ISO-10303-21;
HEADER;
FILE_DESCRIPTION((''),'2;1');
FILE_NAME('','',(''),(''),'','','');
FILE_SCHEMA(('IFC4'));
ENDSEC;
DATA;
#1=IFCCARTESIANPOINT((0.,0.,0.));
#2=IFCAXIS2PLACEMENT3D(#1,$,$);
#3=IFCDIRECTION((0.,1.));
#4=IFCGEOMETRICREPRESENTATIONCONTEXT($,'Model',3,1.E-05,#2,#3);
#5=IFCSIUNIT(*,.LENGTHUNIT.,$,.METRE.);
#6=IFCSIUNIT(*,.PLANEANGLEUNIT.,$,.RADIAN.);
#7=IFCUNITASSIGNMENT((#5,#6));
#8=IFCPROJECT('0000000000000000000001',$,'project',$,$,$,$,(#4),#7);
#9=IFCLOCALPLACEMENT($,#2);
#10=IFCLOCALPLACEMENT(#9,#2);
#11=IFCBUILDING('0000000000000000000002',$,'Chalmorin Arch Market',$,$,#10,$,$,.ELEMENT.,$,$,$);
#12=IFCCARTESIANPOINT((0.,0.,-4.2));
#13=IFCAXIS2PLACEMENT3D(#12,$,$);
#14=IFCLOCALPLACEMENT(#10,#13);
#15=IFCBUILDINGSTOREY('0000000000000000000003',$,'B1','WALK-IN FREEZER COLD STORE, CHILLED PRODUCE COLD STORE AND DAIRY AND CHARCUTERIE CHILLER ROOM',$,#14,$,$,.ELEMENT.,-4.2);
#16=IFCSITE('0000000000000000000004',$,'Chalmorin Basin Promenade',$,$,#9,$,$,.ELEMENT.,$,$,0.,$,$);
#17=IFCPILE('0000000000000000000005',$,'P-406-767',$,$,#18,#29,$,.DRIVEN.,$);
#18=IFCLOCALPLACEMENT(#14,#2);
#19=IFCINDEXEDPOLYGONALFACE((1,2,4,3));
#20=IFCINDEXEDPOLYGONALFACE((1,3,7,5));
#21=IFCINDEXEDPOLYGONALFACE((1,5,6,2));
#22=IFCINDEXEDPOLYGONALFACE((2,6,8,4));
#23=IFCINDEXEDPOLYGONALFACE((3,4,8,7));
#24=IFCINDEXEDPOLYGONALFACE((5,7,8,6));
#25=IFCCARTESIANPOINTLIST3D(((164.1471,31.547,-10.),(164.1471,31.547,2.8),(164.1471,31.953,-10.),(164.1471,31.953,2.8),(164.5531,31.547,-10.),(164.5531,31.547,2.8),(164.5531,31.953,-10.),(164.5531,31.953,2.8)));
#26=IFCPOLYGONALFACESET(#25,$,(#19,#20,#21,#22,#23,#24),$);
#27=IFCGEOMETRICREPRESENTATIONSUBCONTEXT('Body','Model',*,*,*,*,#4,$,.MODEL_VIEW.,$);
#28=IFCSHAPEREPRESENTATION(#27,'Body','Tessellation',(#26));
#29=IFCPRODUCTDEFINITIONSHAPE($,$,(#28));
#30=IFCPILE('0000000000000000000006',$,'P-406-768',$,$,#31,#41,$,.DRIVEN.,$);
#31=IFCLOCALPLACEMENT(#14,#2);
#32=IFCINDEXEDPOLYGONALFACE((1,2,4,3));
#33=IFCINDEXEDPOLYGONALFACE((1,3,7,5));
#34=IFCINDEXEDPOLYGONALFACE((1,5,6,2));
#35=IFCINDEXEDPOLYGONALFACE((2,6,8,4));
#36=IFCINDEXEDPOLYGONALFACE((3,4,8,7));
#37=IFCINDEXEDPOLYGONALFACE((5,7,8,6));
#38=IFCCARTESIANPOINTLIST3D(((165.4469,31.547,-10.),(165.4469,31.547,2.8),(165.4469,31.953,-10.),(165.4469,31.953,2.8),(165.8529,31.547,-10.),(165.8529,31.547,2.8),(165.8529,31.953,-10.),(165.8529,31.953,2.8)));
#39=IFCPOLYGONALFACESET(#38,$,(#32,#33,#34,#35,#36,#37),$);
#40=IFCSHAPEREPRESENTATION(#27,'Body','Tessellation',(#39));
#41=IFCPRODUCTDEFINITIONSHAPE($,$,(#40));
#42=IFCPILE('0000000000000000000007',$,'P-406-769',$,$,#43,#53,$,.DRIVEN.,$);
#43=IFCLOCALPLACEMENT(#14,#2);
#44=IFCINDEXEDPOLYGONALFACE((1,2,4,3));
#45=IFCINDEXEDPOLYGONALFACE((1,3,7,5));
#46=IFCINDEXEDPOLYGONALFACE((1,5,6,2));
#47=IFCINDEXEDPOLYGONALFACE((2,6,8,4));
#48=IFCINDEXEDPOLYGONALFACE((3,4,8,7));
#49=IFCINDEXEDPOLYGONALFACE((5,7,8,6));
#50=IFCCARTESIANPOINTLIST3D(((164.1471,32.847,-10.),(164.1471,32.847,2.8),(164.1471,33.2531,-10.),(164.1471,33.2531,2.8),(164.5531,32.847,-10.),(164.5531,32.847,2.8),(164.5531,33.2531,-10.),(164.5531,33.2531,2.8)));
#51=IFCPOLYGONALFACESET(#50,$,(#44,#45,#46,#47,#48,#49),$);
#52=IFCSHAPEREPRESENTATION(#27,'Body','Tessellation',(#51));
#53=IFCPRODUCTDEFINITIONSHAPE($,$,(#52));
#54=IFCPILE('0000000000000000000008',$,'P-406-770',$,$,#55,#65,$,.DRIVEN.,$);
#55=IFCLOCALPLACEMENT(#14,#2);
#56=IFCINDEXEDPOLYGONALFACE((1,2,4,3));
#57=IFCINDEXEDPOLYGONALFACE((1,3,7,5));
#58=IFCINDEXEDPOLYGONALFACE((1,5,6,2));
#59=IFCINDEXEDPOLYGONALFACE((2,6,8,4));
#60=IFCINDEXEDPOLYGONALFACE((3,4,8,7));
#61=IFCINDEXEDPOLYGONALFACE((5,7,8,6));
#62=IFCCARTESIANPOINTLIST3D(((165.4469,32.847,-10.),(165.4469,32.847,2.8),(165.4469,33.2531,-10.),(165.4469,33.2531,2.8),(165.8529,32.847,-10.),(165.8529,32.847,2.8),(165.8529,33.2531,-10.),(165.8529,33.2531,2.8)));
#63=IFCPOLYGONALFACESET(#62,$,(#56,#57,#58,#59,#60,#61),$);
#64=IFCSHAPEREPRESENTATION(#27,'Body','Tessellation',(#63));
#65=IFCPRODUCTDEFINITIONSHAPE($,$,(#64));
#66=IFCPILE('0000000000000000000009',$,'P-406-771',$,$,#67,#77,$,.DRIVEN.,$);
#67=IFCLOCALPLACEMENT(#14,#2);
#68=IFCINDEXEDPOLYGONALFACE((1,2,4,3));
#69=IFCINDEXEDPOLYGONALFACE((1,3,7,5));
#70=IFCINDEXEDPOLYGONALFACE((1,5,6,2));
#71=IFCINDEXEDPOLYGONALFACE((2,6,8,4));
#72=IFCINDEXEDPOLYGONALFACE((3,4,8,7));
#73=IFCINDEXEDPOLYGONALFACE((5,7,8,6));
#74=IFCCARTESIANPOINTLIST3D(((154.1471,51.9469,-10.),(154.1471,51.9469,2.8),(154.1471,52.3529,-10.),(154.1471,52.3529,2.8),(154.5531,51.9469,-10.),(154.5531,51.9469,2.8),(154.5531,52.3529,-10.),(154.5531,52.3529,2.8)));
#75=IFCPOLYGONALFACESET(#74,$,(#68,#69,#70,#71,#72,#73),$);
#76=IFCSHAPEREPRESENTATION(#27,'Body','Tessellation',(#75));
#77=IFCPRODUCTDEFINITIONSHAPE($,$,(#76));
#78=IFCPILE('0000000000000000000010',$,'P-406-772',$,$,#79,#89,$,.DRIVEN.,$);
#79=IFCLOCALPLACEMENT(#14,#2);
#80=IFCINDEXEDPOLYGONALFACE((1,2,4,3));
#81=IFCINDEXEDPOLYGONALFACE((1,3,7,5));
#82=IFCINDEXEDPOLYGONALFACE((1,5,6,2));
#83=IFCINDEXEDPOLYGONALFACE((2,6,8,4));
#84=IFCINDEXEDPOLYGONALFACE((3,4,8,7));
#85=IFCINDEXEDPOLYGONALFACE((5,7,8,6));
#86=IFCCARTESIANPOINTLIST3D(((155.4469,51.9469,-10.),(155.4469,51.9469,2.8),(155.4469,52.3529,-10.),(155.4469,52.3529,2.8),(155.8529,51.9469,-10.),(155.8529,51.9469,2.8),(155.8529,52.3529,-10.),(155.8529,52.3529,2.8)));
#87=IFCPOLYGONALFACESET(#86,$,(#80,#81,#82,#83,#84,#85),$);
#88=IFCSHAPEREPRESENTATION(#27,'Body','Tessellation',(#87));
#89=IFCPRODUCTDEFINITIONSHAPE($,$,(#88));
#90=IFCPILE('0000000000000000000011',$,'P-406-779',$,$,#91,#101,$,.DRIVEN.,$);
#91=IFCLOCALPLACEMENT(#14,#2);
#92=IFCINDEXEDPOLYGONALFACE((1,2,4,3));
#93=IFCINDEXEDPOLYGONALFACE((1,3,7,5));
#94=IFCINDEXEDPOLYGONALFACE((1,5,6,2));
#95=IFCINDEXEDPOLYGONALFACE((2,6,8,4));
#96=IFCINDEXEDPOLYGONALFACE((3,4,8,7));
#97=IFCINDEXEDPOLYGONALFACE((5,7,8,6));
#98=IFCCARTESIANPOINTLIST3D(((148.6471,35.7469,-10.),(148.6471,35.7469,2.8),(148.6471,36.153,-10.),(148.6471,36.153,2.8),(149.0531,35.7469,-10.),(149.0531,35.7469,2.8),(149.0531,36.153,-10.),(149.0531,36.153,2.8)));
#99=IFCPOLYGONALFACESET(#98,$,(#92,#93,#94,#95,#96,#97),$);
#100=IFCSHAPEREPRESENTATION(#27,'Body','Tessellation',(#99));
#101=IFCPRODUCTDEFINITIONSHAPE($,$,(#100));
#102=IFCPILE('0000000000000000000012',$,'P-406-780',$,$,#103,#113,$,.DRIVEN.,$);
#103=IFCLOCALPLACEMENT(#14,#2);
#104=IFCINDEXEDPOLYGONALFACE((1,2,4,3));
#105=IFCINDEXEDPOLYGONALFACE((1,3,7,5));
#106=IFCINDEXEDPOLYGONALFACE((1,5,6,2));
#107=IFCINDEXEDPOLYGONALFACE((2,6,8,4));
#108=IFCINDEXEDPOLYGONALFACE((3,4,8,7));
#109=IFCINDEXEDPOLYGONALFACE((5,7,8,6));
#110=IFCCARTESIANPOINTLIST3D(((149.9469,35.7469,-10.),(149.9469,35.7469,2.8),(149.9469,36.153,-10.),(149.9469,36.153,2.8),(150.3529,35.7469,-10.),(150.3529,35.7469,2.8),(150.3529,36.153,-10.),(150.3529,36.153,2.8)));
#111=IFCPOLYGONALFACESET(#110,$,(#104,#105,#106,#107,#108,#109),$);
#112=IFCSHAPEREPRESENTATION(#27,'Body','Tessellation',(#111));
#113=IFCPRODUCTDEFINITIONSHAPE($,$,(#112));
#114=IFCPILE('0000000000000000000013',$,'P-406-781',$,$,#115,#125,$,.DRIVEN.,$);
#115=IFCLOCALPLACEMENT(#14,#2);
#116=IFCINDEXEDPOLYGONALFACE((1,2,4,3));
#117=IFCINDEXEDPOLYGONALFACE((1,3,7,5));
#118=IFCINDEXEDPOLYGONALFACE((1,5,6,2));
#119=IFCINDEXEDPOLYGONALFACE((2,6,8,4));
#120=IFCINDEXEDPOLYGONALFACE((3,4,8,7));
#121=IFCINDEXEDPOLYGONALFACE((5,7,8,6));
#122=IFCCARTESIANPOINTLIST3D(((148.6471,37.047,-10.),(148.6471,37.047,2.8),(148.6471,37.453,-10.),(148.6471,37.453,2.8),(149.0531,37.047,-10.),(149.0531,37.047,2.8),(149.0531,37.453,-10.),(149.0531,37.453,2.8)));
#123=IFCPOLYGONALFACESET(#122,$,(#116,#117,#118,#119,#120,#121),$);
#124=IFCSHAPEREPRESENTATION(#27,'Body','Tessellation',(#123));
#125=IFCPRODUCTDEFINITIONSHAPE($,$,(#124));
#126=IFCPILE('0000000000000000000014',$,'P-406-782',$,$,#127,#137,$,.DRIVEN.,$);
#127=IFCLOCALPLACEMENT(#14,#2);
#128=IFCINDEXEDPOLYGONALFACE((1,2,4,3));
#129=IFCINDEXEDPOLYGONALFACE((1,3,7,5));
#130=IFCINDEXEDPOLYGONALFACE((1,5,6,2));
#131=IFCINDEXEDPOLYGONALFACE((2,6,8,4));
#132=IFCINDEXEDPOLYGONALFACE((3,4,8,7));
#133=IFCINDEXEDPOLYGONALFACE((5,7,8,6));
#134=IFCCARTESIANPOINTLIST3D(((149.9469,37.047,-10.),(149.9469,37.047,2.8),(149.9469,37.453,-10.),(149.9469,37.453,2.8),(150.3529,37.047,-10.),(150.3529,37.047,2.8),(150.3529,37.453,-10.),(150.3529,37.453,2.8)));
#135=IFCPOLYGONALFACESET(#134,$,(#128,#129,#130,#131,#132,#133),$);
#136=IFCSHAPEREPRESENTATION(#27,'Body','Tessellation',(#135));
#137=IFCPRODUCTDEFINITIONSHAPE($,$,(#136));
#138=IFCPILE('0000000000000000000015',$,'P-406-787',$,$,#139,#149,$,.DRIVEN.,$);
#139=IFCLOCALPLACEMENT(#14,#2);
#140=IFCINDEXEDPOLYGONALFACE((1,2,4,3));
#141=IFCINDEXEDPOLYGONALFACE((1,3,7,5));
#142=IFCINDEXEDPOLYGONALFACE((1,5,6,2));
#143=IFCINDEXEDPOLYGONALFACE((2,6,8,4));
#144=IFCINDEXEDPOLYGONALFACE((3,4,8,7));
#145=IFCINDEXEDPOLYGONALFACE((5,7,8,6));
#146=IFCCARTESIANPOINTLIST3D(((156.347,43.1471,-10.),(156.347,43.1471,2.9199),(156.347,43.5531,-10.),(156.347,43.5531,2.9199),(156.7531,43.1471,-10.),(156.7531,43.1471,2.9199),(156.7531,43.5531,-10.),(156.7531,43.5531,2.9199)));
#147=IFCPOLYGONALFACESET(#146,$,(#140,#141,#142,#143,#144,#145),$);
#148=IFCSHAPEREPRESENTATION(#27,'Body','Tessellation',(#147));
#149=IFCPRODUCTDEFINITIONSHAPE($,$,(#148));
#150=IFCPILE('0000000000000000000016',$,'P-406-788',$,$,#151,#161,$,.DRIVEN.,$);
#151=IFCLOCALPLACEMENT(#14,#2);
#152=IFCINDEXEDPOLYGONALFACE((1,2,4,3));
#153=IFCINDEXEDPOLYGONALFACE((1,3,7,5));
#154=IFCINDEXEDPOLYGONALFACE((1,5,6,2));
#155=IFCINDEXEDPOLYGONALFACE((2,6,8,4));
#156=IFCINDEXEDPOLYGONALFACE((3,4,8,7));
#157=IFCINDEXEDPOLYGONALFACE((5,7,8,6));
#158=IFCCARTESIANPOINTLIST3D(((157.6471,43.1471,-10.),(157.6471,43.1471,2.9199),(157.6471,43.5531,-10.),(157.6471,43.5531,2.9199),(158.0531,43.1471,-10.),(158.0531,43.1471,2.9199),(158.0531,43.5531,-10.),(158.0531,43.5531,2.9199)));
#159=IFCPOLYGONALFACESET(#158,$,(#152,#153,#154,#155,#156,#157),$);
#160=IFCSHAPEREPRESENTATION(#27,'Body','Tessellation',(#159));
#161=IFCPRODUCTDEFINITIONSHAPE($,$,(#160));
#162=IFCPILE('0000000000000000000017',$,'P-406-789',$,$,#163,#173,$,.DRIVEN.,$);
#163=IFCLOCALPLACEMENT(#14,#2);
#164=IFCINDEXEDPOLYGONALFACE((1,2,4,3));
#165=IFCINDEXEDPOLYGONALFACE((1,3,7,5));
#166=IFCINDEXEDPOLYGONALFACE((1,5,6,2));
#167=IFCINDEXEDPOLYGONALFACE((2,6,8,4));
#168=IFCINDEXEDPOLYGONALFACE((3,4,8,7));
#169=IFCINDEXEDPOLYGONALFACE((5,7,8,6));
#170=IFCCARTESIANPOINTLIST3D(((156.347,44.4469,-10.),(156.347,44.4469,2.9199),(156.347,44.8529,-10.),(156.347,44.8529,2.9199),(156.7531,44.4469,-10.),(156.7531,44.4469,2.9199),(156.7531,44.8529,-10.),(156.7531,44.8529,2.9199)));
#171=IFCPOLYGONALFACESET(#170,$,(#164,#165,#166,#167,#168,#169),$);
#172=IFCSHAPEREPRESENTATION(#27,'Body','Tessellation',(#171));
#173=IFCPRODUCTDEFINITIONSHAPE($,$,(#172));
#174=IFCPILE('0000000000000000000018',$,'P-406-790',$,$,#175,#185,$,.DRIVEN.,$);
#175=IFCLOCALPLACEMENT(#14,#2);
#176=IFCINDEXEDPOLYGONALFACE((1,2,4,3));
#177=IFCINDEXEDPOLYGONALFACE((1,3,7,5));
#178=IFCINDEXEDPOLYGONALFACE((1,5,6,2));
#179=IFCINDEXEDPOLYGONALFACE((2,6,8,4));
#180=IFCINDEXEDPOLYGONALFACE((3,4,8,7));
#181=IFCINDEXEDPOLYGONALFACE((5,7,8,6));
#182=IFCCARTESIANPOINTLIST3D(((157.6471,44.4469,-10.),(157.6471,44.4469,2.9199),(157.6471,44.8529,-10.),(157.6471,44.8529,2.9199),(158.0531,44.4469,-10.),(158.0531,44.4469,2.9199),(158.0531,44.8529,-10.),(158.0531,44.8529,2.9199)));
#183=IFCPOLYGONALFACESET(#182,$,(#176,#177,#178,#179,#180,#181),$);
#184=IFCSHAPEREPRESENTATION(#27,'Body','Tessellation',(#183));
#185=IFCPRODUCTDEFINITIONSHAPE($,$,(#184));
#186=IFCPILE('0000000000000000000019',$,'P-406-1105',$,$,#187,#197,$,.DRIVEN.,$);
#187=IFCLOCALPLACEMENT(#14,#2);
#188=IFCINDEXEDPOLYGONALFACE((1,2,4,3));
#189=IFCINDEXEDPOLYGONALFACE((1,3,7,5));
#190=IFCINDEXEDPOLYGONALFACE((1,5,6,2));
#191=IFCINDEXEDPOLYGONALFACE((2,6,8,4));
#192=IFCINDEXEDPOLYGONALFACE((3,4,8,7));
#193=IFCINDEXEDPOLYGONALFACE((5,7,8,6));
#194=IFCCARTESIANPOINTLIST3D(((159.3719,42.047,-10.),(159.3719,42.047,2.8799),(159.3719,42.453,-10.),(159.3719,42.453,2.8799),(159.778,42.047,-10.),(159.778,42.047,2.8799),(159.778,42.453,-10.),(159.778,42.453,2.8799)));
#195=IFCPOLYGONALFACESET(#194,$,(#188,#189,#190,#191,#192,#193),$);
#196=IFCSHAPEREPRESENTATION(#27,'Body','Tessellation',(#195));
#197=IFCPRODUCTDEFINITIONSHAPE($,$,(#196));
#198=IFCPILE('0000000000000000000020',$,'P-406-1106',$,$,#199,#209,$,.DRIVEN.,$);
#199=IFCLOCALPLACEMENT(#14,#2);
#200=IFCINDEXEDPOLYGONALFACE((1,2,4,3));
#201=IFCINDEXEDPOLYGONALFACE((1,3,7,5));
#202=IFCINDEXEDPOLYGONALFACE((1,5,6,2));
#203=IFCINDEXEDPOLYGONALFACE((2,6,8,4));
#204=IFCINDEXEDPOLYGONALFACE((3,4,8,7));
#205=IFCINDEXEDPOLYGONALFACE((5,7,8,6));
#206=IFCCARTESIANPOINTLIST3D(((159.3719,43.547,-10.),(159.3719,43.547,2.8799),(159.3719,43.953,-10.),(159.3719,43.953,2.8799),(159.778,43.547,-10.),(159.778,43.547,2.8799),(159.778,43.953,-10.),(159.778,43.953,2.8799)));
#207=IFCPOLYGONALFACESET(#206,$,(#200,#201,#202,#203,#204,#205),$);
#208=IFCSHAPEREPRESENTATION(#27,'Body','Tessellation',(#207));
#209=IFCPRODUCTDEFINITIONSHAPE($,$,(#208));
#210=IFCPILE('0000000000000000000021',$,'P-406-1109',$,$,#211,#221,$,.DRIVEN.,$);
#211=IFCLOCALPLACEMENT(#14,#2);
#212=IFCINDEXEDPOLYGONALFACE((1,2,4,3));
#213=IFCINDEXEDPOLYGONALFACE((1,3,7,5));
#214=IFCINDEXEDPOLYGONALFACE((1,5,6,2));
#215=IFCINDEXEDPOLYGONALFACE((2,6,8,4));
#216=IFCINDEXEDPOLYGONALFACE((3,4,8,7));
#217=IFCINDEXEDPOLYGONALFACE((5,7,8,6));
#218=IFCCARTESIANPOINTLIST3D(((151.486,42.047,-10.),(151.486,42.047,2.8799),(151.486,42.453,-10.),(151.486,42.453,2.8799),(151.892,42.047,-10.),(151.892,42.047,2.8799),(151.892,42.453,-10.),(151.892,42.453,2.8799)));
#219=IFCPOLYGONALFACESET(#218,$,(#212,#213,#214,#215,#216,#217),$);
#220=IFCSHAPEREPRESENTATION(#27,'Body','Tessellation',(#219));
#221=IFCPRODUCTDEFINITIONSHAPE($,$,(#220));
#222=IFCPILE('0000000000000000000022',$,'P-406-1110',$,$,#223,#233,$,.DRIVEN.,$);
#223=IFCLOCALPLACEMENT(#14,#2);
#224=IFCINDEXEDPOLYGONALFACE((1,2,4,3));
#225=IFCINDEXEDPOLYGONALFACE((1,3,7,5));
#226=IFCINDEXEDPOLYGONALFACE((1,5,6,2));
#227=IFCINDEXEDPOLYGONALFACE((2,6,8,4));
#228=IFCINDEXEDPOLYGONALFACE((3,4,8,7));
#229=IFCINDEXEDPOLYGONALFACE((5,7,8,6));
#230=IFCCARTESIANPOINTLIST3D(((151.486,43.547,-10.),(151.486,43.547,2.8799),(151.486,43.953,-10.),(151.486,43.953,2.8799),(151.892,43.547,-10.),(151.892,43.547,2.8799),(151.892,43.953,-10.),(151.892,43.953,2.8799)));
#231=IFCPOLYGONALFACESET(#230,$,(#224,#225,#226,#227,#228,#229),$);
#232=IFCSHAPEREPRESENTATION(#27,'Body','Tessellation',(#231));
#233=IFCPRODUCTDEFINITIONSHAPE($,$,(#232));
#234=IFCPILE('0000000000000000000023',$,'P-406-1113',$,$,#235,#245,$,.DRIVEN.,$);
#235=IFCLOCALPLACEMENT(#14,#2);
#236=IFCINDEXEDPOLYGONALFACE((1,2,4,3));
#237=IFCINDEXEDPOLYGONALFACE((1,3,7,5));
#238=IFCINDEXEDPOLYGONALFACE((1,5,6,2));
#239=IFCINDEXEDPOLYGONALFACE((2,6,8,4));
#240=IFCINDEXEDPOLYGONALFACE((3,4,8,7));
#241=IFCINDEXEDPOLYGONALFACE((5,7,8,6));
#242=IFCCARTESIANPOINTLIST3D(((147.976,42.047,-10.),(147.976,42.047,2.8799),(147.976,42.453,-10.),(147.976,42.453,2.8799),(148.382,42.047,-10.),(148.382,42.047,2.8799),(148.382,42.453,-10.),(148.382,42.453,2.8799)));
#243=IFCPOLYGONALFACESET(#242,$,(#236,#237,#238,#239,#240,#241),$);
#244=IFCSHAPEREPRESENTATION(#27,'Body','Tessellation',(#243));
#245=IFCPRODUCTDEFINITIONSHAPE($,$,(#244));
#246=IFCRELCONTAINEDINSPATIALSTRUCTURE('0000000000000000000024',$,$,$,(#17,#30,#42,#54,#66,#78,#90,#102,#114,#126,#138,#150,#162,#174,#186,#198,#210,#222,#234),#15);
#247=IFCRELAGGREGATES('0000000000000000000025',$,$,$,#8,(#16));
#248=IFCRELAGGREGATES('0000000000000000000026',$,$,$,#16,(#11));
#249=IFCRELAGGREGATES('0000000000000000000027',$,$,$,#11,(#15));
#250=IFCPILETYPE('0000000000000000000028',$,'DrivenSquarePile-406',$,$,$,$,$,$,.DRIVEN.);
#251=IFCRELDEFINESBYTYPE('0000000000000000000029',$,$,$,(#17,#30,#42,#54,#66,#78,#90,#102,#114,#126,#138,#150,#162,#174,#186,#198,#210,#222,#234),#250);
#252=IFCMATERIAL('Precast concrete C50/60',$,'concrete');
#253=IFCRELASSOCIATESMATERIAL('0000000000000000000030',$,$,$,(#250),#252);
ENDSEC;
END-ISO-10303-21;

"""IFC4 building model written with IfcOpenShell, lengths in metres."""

from ifc_helpers import new_model, si_unit, direction, frame, origin, origin_2d, place, context, subcontext, project, spatial, rectangle, extrude, material, material_profile, profile_set, type_object, element, save


model = new_model("IFC4")

# Units and contexts
model_context = context("Model", 3, precision=1e-05, world=origin(), true_north=direction((0.0, 1.0)))
body_context = subcontext(model_context, "Body", "Model", "MODEL_VIEW")
ifc_project = project(units=[si_unit("LENGTHUNIT", "METRE"), si_unit("PLANEANGLEUNIT", "RADIAN")], contexts=[model_context])

# Site, building, storey
site_placement = place(None, origin())
site = spatial("IfcSite", under=ifc_project, at=site_placement, Name="Chalmorin Basin Promenade", CompositionType="ELEMENT", RefElevation=0.0)
building_placement = place(site_placement, origin())
building = spatial("IfcBuilding", under=site, at=building_placement, Name="Chalmorin Arch Market", CompositionType="ELEMENT")
storey_placement = place(building_placement, frame((0.0, 0.0, -4.2)))
storey = spatial("IfcBuildingStorey", under=building, at=storey_placement, Name="B1", Description="WALK-IN FREEZER COLD STORE, CHILLED PRODUCE COLD STORE AND DAIRY AND CHARCUTERIE CHILLER ROOM", CompositionType="ELEMENT", Elevation=-4.2)

# Piles
ifc_material_1 = material(Name="Precast concrete C50/60", Category="concrete")
ifc_material_profile = material_profile(ifc_material_1, rectangle(XDim=0.406, YDim=0.406, at=origin_2d()), Name="PPC406")
ifc_profile_set = profile_set([ifc_material_profile], Name="Precast concrete C50/60")
pile_type = type_object("IfcPileType", Name="DrivenSquarePile-406", PredefinedType="DRIVEN", material=ifc_profile_set)
for number, where, z_axis, x_axis, name in (
    (1, (164.3501, 31.75, 2.8), (0.0, 0.0, -1.0), (1.0, 0.0, 0.0), "P-406-767"),
    (2, (165.6499, 31.75, 2.8), (0.0, 0.0, -1.0), (1.0, 0.0, 0.0), "P-406-768"),
    (3, (164.3501, 33.05, 2.8), (0.0, 0.0, -1.0), (1.0, 0.0, 0.0), "P-406-769"),
    (4, (165.6499, 33.05, 2.8), (0.0, 0.0, -1.0), (1.0, 0.0, 0.0), "P-406-770"),
    (5, (154.3501, 52.1499, 2.8), (0.0, 0.0, -1.0), (1.0, 0.0, 0.0), "P-406-771"),
    (6, (155.6499, 52.1499, 2.8), (0.0, 0.0, -1.0), (1.0, 0.0, 0.0), "P-406-772"),
    (7, (148.8501, 35.95, 2.8), (0.0, 0.0, -1.0), (1.0, 0.0, 0.0), "P-406-779"),
    (8, (150.1499, 35.95, 2.8), (0.0, 0.0, -1.0), (1.0, 0.0, 0.0), "P-406-780"),
    (9, (148.8501, 37.25, 2.8), (0.0, 0.0, -1.0), (1.0, 0.0, 0.0), "P-406-781"),
    (10, (150.1499, 37.25, 2.8), (0.0, 0.0, -1.0), (1.0, 0.0, 0.0), "P-406-782"),
):
    element("IfcPile", number, at=place(storey_placement, frame(where, z_axis=z_axis, x_axis=x_axis)), inside=storey, type_object=pile_type, Name=name, PredefinedType="DRIVEN", context=body_context, shape_type="SweptSolid", body=[
        extrude(rectangle(XDim=0.406, YDim=0.406, at=origin_2d()), origin(), (0.0, 0.0, 1.0), 12.8),
    ])
for number, where, z_axis, x_axis, name in (
    (11, (156.55, 43.3501, 2.9199), (0.0, 0.0, -1.0), (1.0, 0.0, 0.0), "P-406-787"),
    (12, (157.8501, 43.3501, 2.9199), (0.0, 0.0, -1.0), (1.0, 0.0, 0.0), "P-406-788"),
    (13, (156.55, 44.6499, 2.9199), (0.0, 0.0, -1.0), (1.0, 0.0, 0.0), "P-406-789"),
    (14, (157.8501, 44.6499, 2.9199), (0.0, 0.0, -1.0), (1.0, 0.0, 0.0), "P-406-790"),
):
    element("IfcPile", number, at=place(storey_placement, frame(where, z_axis=z_axis, x_axis=x_axis)), inside=storey, type_object=pile_type, Name=name, PredefinedType="DRIVEN", context=body_context, shape_type="SweptSolid", body=[
        extrude(rectangle(XDim=0.406, YDim=0.406, at=origin_2d()), origin(), (0.0, 0.0, 1.0), 12.9199),
    ])
for number, where, z_axis, x_axis, name in (
    (15, (159.575, 42.25, 2.8799), (0.0, 0.0, -1.0), (1.0, 0.0, 0.0), "P-406-1105"),
    (16, (159.575, 43.75, 2.8799), (0.0, 0.0, -1.0), (1.0, 0.0, 0.0), "P-406-1106"),
    (17, (151.689, 42.25, 2.8799), (0.0, 0.0, -1.0), (1.0, 0.0, 0.0), "P-406-1109"),
    (18, (151.689, 43.75, 2.8799), (0.0, 0.0, -1.0), (1.0, 0.0, 0.0), "P-406-1110"),
    (19, (148.179, 42.25, 2.8799), (0.0, 0.0, -1.0), (1.0, 0.0, 0.0), "P-406-1113"),
):
    element("IfcPile", number, at=place(storey_placement, frame(where, z_axis=z_axis, x_axis=x_axis)), inside=storey, type_object=pile_type, Name=name, PredefinedType="DRIVEN", context=body_context, shape_type="SweptSolid", body=[
        extrude(rectangle(XDim=0.406, YDim=0.406, at=origin_2d()), origin(), (0.0, 0.0, 1.0), 12.8799),
    ])

save(model, "model.ifc")
